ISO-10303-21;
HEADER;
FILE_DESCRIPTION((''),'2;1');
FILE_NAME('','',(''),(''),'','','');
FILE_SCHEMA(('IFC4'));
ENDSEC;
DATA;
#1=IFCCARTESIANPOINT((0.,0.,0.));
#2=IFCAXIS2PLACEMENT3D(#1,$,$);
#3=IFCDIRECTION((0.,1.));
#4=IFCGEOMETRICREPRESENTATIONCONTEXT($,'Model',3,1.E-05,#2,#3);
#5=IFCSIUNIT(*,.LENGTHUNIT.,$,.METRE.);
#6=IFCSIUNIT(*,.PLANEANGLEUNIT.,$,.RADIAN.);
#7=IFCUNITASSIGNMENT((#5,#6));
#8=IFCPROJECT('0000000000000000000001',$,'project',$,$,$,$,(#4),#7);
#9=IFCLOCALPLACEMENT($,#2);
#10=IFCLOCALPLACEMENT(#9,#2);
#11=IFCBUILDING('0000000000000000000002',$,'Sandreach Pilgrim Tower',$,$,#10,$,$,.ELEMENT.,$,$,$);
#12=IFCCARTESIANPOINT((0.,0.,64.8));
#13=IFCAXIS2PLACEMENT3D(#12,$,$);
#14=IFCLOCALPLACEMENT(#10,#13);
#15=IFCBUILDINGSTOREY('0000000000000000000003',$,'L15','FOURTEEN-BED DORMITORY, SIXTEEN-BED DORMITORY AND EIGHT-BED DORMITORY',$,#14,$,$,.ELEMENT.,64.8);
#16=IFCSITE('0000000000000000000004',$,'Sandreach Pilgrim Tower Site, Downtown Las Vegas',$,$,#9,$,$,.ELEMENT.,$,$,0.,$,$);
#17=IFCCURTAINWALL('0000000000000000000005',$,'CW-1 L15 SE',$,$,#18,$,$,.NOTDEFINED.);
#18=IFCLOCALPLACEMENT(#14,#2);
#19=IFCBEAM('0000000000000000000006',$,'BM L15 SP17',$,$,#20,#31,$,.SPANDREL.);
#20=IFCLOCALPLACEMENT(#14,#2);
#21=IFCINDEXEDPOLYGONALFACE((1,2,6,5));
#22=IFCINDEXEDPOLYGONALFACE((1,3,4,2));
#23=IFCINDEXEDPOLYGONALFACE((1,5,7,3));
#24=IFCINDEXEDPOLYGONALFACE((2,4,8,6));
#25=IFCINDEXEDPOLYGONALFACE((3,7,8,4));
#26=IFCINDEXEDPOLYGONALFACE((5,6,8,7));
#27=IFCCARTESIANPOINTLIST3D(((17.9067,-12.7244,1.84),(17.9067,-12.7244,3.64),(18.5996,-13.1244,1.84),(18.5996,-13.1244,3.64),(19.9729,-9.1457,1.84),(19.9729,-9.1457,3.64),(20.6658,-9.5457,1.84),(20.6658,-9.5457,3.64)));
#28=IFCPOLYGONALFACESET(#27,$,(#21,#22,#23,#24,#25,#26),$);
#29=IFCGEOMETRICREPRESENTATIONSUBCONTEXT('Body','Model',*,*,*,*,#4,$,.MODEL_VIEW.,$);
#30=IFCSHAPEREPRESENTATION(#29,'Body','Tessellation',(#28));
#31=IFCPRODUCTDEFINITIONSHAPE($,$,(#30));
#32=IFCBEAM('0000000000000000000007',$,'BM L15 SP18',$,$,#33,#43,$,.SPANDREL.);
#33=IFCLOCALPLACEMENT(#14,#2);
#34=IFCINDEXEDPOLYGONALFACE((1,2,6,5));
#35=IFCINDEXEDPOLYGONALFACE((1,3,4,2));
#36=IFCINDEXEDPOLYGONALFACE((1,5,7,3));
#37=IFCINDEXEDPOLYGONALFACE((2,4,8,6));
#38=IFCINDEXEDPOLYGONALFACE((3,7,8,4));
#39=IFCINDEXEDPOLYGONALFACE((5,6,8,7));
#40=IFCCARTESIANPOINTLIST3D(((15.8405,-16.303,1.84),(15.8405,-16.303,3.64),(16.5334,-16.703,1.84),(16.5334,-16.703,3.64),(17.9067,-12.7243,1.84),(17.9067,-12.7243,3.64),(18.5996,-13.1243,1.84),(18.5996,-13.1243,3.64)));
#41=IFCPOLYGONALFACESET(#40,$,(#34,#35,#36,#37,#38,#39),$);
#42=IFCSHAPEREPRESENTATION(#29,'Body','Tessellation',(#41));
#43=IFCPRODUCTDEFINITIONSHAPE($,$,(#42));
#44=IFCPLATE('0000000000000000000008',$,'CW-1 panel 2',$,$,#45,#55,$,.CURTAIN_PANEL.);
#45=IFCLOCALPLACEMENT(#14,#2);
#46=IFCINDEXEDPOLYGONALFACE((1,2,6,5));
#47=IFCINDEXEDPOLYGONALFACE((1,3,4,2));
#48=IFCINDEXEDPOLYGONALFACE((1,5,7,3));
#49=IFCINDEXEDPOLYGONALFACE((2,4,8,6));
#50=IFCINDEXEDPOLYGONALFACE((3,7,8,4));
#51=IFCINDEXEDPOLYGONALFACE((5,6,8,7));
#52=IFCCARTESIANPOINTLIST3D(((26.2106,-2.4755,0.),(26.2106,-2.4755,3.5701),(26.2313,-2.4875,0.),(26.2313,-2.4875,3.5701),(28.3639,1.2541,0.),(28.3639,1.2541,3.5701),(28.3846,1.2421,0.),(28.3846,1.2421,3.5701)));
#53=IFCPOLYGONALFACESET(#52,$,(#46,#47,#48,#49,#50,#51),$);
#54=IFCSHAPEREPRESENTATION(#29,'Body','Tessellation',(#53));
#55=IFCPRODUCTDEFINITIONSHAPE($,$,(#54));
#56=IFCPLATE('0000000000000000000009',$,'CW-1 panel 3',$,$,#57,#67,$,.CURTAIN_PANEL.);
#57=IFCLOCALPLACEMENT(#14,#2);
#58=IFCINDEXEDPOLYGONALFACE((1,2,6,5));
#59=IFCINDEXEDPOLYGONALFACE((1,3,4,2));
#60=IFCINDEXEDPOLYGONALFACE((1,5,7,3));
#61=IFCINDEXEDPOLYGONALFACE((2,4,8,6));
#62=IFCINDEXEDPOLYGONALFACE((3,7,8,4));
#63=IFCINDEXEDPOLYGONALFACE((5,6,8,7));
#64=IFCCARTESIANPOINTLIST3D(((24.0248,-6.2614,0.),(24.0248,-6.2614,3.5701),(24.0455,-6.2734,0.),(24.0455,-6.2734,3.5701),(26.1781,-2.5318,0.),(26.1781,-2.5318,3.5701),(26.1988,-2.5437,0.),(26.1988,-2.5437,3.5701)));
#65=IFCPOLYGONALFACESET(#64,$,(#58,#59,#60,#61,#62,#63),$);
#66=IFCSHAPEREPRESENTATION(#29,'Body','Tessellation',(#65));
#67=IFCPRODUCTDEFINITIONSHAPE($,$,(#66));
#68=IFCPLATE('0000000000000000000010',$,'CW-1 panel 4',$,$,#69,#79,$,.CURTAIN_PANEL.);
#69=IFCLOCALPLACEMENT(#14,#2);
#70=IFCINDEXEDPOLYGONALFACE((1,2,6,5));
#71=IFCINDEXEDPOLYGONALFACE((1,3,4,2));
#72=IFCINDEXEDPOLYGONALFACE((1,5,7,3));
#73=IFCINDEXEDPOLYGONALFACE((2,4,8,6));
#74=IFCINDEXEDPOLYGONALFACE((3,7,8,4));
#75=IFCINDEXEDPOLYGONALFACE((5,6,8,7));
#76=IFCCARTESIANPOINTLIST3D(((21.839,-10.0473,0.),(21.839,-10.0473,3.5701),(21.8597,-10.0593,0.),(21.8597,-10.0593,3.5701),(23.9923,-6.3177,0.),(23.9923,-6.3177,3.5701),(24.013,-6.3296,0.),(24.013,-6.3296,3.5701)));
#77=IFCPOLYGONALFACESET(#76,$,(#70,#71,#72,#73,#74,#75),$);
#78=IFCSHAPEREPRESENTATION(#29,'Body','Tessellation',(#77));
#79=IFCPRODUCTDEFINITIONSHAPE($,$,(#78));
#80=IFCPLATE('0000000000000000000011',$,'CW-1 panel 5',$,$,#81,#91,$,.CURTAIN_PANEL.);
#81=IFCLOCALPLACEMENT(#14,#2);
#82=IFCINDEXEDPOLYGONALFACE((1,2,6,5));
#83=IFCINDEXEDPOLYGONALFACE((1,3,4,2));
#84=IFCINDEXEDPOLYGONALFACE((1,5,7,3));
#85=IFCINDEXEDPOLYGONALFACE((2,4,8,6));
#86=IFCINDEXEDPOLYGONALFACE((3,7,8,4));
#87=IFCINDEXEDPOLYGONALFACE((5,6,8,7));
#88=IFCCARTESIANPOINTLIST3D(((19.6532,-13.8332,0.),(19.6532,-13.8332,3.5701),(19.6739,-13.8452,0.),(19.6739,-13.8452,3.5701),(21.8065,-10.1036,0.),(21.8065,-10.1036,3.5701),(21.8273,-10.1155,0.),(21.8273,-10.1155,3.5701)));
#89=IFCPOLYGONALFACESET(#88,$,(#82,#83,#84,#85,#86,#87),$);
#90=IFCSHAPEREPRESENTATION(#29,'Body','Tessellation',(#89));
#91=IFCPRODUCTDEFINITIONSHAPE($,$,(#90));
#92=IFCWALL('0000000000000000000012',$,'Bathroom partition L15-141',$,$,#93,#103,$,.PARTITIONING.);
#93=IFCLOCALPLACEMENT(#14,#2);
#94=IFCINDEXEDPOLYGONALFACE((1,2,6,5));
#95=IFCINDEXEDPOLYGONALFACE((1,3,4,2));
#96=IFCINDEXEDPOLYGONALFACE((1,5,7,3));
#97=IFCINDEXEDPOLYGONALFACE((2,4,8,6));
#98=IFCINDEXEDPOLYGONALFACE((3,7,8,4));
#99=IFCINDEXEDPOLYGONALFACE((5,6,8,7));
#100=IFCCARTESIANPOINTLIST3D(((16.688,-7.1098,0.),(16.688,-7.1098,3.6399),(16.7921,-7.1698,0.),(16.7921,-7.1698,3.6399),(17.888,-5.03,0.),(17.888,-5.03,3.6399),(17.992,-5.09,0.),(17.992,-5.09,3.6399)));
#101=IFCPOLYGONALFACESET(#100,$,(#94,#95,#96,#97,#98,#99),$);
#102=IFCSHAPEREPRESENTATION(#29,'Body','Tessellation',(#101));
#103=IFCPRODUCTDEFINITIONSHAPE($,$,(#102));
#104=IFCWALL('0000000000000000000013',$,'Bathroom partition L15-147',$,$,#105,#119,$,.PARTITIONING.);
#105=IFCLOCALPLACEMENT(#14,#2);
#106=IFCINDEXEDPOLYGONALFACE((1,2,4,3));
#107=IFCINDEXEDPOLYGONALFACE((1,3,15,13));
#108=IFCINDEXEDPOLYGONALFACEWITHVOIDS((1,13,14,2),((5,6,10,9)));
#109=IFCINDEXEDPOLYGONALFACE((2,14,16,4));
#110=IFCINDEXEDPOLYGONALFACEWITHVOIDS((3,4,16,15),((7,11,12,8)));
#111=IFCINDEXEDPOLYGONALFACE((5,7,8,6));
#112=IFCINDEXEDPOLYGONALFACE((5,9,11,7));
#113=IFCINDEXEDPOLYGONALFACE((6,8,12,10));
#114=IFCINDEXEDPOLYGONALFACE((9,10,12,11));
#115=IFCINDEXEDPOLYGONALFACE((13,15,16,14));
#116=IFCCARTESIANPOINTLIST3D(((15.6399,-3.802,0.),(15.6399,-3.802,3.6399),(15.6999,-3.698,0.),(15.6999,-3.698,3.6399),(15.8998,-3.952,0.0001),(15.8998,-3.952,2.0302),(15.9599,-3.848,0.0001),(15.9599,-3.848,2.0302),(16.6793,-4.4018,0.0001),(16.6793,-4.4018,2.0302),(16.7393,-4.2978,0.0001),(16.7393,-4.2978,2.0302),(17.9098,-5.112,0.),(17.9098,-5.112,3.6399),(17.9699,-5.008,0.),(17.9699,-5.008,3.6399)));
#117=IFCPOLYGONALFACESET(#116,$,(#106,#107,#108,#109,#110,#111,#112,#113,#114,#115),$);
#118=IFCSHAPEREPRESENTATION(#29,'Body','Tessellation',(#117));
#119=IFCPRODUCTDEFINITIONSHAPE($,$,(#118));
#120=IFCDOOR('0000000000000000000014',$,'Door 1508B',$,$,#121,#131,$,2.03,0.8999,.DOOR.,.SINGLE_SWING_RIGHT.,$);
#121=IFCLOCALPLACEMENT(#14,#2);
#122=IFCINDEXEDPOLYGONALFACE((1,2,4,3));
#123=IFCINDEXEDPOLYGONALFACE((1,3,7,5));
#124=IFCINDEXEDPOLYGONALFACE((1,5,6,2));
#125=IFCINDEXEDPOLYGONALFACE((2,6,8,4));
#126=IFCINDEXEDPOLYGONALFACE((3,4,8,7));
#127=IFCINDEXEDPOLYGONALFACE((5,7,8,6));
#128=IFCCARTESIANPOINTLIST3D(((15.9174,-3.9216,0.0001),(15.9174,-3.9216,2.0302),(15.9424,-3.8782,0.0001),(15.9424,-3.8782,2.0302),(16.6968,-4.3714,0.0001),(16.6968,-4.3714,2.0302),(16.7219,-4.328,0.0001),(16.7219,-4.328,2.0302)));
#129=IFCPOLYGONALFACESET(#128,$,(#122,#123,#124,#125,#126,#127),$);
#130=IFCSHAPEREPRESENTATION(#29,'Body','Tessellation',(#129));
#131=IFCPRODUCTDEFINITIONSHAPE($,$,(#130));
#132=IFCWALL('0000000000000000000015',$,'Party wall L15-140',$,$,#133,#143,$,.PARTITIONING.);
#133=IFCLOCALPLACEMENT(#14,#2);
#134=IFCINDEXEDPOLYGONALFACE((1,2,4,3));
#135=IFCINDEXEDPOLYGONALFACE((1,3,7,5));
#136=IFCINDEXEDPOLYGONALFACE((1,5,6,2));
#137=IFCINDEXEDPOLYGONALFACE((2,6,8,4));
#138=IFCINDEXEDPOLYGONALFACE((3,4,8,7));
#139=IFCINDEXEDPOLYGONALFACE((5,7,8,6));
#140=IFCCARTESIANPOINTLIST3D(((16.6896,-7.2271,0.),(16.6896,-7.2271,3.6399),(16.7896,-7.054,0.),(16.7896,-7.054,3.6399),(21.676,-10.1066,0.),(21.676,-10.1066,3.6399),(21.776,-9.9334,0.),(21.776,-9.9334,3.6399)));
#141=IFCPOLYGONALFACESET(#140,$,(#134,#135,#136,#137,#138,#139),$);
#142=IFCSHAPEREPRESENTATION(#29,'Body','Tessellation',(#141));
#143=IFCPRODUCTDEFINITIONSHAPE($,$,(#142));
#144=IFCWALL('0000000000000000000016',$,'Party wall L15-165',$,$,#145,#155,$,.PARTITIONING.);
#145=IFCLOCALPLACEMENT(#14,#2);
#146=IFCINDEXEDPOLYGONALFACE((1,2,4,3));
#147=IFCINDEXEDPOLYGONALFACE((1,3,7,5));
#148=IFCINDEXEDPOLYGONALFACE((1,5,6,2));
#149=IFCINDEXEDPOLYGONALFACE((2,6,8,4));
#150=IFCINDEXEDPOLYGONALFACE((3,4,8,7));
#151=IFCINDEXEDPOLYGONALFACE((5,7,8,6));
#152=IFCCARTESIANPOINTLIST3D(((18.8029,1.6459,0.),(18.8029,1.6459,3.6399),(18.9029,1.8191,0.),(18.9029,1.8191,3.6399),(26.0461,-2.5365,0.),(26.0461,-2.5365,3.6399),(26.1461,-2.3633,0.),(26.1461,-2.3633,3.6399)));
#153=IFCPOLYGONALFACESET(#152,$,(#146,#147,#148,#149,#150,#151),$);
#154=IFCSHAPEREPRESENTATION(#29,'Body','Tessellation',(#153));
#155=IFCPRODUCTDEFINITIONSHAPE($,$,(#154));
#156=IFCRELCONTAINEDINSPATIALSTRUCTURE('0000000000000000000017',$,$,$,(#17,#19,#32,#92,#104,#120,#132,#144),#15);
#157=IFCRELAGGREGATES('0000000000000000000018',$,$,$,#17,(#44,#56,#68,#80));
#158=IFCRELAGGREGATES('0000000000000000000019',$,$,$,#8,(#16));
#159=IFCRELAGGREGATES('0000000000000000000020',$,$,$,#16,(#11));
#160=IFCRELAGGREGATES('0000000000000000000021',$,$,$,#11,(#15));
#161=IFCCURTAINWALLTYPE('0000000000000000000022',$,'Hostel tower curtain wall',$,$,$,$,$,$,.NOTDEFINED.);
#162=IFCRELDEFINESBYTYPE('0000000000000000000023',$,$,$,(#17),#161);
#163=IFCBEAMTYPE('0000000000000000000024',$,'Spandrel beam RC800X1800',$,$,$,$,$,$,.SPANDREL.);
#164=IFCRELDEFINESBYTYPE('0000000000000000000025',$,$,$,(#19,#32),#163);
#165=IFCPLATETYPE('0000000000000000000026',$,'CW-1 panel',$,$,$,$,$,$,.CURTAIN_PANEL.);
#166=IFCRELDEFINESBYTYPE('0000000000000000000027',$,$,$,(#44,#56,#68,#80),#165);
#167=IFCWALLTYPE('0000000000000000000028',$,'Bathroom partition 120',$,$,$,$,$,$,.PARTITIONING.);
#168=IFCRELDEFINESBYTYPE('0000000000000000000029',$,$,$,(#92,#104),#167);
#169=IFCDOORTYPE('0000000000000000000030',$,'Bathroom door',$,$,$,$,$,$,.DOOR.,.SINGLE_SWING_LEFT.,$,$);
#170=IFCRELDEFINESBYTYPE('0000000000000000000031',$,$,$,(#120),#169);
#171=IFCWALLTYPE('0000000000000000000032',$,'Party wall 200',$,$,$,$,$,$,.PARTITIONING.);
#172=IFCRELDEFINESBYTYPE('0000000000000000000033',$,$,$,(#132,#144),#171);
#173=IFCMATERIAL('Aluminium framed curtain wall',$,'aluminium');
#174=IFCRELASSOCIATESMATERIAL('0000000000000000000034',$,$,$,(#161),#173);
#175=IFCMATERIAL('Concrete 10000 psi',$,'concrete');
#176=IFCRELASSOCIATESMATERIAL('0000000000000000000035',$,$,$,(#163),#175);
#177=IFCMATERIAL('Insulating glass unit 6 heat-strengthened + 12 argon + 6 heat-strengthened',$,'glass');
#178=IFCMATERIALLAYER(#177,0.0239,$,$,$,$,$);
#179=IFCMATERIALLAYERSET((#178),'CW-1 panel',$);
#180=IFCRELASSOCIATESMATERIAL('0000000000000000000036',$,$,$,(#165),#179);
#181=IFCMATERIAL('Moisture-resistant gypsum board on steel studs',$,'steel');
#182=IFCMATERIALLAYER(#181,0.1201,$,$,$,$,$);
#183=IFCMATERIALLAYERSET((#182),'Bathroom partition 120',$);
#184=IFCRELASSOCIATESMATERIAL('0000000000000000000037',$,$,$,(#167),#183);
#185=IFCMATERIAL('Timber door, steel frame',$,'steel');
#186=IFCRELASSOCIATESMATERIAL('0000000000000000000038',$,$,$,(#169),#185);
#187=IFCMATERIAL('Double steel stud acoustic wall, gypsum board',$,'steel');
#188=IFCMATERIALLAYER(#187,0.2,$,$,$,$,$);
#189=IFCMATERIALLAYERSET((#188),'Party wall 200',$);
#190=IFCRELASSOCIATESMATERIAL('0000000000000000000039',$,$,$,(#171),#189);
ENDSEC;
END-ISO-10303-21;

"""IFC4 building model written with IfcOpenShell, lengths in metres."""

from ifc_helpers import new_model, si_unit, direction, frame, frame_2d, origin, origin_2d, place, context, subcontext, project, spatial, rectangle, extrude, material, layer, layer_set, material_profile, profile_set, type_object, element, fill, aggregate, save


model = new_model("IFC4")

# Units and contexts
model_context = context("Model", 3, precision=1e-05, world=origin(), true_north=direction((0.0, 1.0)))
body_context = subcontext(model_context, "Body", "Model", "MODEL_VIEW")
ifc_project = project(units=[si_unit("LENGTHUNIT", "METRE"), si_unit("PLANEANGLEUNIT", "RADIAN")], contexts=[model_context])

# Site, building, storey
site_placement = place(None, origin())
site = spatial("IfcSite", under=ifc_project, at=site_placement, Name="Sandreach Pilgrim Tower Site, Downtown Las Vegas", CompositionType="ELEMENT", RefElevation=0.0)
building_placement = place(site_placement, origin())
building = spatial("IfcBuilding", under=site, at=building_placement, Name="Sandreach Pilgrim Tower", CompositionType="ELEMENT")
storey_placement = place(building_placement, frame((0.0, 0.0, 64.8)))
storey = spatial("IfcBuildingStorey", under=building, at=storey_placement, Name="L15", Description="FOURTEEN-BED DORMITORY, SIXTEEN-BED DORMITORY AND EIGHT-BED DORMITORY", CompositionType="ELEMENT", Elevation=64.8)

# Curtain wall
ifc_material_1 = material(Name="Aluminium framed curtain wall", Category="aluminium")
curtain_wall_type = type_object("IfcCurtainWallType", Name="Hostel tower curtain wall", PredefinedType="NOTDEFINED", material=ifc_material_1)
curtain_wall_placement = place(storey_placement, origin())
curtain_wall = element("IfcCurtainWall", 1, at=curtain_wall_placement, inside=storey, type_object=curtain_wall_type, Name="CW-1 L15 SE", PredefinedType="NOTDEFINED")

# Beams
ifc_material_2 = material(Name="Concrete 10000 psi", Category="concrete")
ifc_material_profile_1 = material_profile(ifc_material_2, rectangle(XDim=0.8, YDim=1.8, at=origin_2d()), Name="RC800X1800")
ifc_profile_set_1 = profile_set([ifc_material_profile_1], Name="Concrete 10000 psi")
beam_type_1 = type_object("IfcBeamType", Name="Spandrel beam RC800X1800", PredefinedType="SPANDREL", material=ifc_profile_set_1)
for number, where, z_axis, x_axis, name in (
    (2, (20.3193, -9.3457, 2.74), (-0.500009, -0.86602, 0.0), (0.86602, -0.500009, 0.0), "BM L15 SP17"),
    (3, (18.2532, -12.9243, 2.74), (-0.500009, -0.86602, 0.0), (0.86602, -0.500009, 0.0), "BM L15 SP18"),
):
    element("IfcBeam", number, at=place(storey_placement, frame(where, z_axis=z_axis, x_axis=x_axis)), inside=storey, type_object=beam_type_1, Name=name, PredefinedType="SPANDREL", context=body_context, shape_type="SweptSolid", body=[
        extrude(rectangle(XDim=0.8, YDim=1.8, at=origin_2d()), origin(), (0.0, 0.0, 1.0), 4.1323),
    ])

# Plates
ifc_material_3 = material(Name="Insulating glass unit 6 heat-strengthened + 12 argon + 6 heat-strengthened", Category="glass")
ifc_layer_1 = layer(ifc_material_3, 0.0239)
ifc_layer_set_1 = layer_set([ifc_layer_1], Name="CW-1 panel")
plate_type = type_object("IfcPlateType", Name="CW-1 panel", PredefinedType="CURTAIN_PANEL", material=ifc_layer_set_1)
plate_1_placement = place(storey_placement, frame((27.2976, -0.6167, 0.0), z_axis=(0.0, 0.0, 1.0), x_axis=(-0.5, -0.866025, 0.0)))
plate_1 = element("IfcPlate", 4, at=plate_1_placement, type_object=plate_type, Name="CW-1 panel 2", PredefinedType="CURTAIN_PANEL", context=body_context, shape_type="SweptSolid", body=[
    extrude(rectangle(XDim=4.3066, YDim=0.0239, at=origin_2d()), origin(), (0.0, 0.0, 1.0), 3.5701),
])
plate_2_placement = place(storey_placement, frame((25.1118, -4.4026, 0.0), z_axis=(0.0, 0.0, 1.0), x_axis=(-0.5, -0.866025, 0.0)))
plate_2 = element("IfcPlate", 5, at=plate_2_placement, type_object=plate_type, Name="CW-1 panel 3", PredefinedType="CURTAIN_PANEL", context=body_context, shape_type="SweptSolid", body=[
    extrude(rectangle(XDim=4.3066, YDim=0.0239, at=origin_2d()), origin(), (0.0, 0.0, 1.0), 3.5701),
])
plate_3_placement = place(storey_placement, frame((22.926, -8.1885, 0.0), z_axis=(0.0, 0.0, 1.0), x_axis=(-0.5, -0.866025, 0.0)))
plate_3 = element("IfcPlate", 6, at=plate_3_placement, type_object=plate_type, Name="CW-1 panel 4", PredefinedType="CURTAIN_PANEL", context=body_context, shape_type="SweptSolid", body=[
    extrude(rectangle(XDim=4.3066, YDim=0.0239, at=origin_2d()), origin(), (0.0, 0.0, 1.0), 3.5701),
])
plate_4_placement = place(storey_placement, frame((20.7402, -11.9744, 0.0), z_axis=(0.0, 0.0, 1.0), x_axis=(-0.5, -0.866025, 0.0)))
plate_4 = element("IfcPlate", 7, at=plate_4_placement, type_object=plate_type, Name="CW-1 panel 5", PredefinedType="CURTAIN_PANEL", context=body_context, shape_type="SweptSolid", body=[
    extrude(rectangle(XDim=4.3066, YDim=0.0239, at=origin_2d()), origin(), (0.0, 0.0, 1.0), 3.5701),
])
aggregate(curtain_wall, [plate_1, plate_2, plate_3, plate_4])

# Wall
ifc_material_4 = material(Name="Moisture-resistant gypsum board on steel studs", Category="steel")
ifc_layer_2 = layer(ifc_material_4, 0.1201)
ifc_layer_set_2 = layer_set([ifc_layer_2], Name="Bathroom partition 120")
wall_type_1 = type_object("IfcWallType", Name="Bathroom partition 120", PredefinedType="PARTITIONING", material=ifc_layer_set_2)
wall_1_placement = place(storey_placement, frame((16.74, -7.1399, 0.0), z_axis=(0.0, 0.0, 1.0), x_axis=(0.499737, 0.866177, 0.0)))
element("IfcWall", 8, at=wall_1_placement, inside=storey, type_object=wall_type_1, Name="Bathroom partition L15-141", PredefinedType="PARTITIONING", context=body_context, shape_type="SweptSolid", body=[
    extrude(rectangle(XDim=2.4011, YDim=0.1201, at=frame_2d((1.2007, 0.0))), origin(), (0.0, 0.0, 1.0), 3.6399),
])

# Wall, opening, door
wall_2_placement = place(storey_placement, frame((17.9399, -5.0601, 0.0), z_axis=(0.0, 0.0, 1.0), x_axis=(-0.866114, 0.499846, 0.0)))
wall_2 = element("IfcWall", 9, at=wall_2_placement, inside=storey, type_object=wall_type_1, Name="Bathroom partition L15-147", PredefinedType="PARTITIONING", context=body_context, shape_type="SweptSolid", body=[
    extrude(rectangle(XDim=2.6208, YDim=0.1201, at=frame_2d((1.3105, 0.0))), origin(), (0.0, 0.0, 1.0), 3.6399),
])
opening_1_placement = place(wall_2_placement, frame((1.4209, 0.0, 0.0)))
opening_1 = element("IfcOpeningElement", 10, at=opening_1_placement, cuts=wall_2, PredefinedType="OPENING", context=body_context, shape_type="SweptSolid", body=[
    extrude(rectangle(XDim=0.8999, YDim=2.03, at=frame_2d((0.45, 1.0151))), frame((0.0, 0.0601, 0.0), z_axis=(0.0, -1.0, 0.0), x_axis=(1.0, 0.0, 0.0)), (0.0, 0.0, 1.0), 0.1201),
])
ifc_material_5 = material(Name="Timber door, steel frame", Category="steel")
door_type_1 = type_object("IfcDoorType", Name="Bathroom door", OperationType="SINGLE_SWING_LEFT", PredefinedType="DOOR", material=ifc_material_5)
door_1_placement = place(opening_1_placement, origin())
door_1 = element("IfcDoor", 11, at=door_1_placement, inside=storey, type_object=door_type_1, Name="Door 1508B", OperationType="SINGLE_SWING_RIGHT", OverallHeight=2.03, OverallWidth=0.8999, PredefinedType="DOOR", context=body_context, shape_type="SweptSolid", body=[
    extrude(rectangle(XDim=0.8999, YDim=2.03, at=frame_2d((0.45, 1.0151))), frame((0.0, 0.0249, 0.0), z_axis=(0.0, -1.0, 0.0), x_axis=(1.0, 0.0, 0.0)), (0.0, 0.0, 1.0), 0.05),
])
fill(opening_1, door_1)

# Walls
ifc_material_6 = material(Name="Double steel stud acoustic wall, gypsum board", Category="steel")
ifc_layer_3 = layer(ifc_material_6, 0.2)
ifc_layer_set_3 = layer_set([ifc_layer_3], Name="Party wall 200")
wall_type_2 = type_object("IfcWallType", Name="Party wall 200", PredefinedType="PARTITIONING", material=ifc_layer_set_3)
wall_3_placement = place(storey_placement, frame((16.7397, -7.1406, 0.0), z_axis=(0.0, 0.0, 1.0), x_axis=(0.865985, -0.50007, 0.0)))
element("IfcWall", 12, at=wall_3_placement, inside=storey, type_object=wall_type_2, Name="Party wall L15-140", PredefinedType="PARTITIONING", context=body_context, shape_type="SweptSolid", body=[
    extrude(rectangle(XDim=5.7581, YDim=0.2, at=frame_2d((2.8789, 0.0))), origin(), (0.0, 0.0, 1.0), 3.6399),
])
wall_4_placement = place(storey_placement, frame((26.0962, -2.45, 0.0), z_axis=(0.0, 0.0, 1.0), x_axis=(-0.865998, 0.500048, 0.0)))
element("IfcWall", 13, at=wall_4_placement, inside=storey, type_object=wall_type_2, Name="Party wall L15-165", PredefinedType="PARTITIONING", context=body_context, shape_type="SweptSolid", body=[
    extrude(rectangle(XDim=8.364, YDim=0.2, at=frame_2d((4.1821, 0.0))), origin(), (0.0, 0.0, 1.0), 3.6399),
])

save(model, "model.ifc")
